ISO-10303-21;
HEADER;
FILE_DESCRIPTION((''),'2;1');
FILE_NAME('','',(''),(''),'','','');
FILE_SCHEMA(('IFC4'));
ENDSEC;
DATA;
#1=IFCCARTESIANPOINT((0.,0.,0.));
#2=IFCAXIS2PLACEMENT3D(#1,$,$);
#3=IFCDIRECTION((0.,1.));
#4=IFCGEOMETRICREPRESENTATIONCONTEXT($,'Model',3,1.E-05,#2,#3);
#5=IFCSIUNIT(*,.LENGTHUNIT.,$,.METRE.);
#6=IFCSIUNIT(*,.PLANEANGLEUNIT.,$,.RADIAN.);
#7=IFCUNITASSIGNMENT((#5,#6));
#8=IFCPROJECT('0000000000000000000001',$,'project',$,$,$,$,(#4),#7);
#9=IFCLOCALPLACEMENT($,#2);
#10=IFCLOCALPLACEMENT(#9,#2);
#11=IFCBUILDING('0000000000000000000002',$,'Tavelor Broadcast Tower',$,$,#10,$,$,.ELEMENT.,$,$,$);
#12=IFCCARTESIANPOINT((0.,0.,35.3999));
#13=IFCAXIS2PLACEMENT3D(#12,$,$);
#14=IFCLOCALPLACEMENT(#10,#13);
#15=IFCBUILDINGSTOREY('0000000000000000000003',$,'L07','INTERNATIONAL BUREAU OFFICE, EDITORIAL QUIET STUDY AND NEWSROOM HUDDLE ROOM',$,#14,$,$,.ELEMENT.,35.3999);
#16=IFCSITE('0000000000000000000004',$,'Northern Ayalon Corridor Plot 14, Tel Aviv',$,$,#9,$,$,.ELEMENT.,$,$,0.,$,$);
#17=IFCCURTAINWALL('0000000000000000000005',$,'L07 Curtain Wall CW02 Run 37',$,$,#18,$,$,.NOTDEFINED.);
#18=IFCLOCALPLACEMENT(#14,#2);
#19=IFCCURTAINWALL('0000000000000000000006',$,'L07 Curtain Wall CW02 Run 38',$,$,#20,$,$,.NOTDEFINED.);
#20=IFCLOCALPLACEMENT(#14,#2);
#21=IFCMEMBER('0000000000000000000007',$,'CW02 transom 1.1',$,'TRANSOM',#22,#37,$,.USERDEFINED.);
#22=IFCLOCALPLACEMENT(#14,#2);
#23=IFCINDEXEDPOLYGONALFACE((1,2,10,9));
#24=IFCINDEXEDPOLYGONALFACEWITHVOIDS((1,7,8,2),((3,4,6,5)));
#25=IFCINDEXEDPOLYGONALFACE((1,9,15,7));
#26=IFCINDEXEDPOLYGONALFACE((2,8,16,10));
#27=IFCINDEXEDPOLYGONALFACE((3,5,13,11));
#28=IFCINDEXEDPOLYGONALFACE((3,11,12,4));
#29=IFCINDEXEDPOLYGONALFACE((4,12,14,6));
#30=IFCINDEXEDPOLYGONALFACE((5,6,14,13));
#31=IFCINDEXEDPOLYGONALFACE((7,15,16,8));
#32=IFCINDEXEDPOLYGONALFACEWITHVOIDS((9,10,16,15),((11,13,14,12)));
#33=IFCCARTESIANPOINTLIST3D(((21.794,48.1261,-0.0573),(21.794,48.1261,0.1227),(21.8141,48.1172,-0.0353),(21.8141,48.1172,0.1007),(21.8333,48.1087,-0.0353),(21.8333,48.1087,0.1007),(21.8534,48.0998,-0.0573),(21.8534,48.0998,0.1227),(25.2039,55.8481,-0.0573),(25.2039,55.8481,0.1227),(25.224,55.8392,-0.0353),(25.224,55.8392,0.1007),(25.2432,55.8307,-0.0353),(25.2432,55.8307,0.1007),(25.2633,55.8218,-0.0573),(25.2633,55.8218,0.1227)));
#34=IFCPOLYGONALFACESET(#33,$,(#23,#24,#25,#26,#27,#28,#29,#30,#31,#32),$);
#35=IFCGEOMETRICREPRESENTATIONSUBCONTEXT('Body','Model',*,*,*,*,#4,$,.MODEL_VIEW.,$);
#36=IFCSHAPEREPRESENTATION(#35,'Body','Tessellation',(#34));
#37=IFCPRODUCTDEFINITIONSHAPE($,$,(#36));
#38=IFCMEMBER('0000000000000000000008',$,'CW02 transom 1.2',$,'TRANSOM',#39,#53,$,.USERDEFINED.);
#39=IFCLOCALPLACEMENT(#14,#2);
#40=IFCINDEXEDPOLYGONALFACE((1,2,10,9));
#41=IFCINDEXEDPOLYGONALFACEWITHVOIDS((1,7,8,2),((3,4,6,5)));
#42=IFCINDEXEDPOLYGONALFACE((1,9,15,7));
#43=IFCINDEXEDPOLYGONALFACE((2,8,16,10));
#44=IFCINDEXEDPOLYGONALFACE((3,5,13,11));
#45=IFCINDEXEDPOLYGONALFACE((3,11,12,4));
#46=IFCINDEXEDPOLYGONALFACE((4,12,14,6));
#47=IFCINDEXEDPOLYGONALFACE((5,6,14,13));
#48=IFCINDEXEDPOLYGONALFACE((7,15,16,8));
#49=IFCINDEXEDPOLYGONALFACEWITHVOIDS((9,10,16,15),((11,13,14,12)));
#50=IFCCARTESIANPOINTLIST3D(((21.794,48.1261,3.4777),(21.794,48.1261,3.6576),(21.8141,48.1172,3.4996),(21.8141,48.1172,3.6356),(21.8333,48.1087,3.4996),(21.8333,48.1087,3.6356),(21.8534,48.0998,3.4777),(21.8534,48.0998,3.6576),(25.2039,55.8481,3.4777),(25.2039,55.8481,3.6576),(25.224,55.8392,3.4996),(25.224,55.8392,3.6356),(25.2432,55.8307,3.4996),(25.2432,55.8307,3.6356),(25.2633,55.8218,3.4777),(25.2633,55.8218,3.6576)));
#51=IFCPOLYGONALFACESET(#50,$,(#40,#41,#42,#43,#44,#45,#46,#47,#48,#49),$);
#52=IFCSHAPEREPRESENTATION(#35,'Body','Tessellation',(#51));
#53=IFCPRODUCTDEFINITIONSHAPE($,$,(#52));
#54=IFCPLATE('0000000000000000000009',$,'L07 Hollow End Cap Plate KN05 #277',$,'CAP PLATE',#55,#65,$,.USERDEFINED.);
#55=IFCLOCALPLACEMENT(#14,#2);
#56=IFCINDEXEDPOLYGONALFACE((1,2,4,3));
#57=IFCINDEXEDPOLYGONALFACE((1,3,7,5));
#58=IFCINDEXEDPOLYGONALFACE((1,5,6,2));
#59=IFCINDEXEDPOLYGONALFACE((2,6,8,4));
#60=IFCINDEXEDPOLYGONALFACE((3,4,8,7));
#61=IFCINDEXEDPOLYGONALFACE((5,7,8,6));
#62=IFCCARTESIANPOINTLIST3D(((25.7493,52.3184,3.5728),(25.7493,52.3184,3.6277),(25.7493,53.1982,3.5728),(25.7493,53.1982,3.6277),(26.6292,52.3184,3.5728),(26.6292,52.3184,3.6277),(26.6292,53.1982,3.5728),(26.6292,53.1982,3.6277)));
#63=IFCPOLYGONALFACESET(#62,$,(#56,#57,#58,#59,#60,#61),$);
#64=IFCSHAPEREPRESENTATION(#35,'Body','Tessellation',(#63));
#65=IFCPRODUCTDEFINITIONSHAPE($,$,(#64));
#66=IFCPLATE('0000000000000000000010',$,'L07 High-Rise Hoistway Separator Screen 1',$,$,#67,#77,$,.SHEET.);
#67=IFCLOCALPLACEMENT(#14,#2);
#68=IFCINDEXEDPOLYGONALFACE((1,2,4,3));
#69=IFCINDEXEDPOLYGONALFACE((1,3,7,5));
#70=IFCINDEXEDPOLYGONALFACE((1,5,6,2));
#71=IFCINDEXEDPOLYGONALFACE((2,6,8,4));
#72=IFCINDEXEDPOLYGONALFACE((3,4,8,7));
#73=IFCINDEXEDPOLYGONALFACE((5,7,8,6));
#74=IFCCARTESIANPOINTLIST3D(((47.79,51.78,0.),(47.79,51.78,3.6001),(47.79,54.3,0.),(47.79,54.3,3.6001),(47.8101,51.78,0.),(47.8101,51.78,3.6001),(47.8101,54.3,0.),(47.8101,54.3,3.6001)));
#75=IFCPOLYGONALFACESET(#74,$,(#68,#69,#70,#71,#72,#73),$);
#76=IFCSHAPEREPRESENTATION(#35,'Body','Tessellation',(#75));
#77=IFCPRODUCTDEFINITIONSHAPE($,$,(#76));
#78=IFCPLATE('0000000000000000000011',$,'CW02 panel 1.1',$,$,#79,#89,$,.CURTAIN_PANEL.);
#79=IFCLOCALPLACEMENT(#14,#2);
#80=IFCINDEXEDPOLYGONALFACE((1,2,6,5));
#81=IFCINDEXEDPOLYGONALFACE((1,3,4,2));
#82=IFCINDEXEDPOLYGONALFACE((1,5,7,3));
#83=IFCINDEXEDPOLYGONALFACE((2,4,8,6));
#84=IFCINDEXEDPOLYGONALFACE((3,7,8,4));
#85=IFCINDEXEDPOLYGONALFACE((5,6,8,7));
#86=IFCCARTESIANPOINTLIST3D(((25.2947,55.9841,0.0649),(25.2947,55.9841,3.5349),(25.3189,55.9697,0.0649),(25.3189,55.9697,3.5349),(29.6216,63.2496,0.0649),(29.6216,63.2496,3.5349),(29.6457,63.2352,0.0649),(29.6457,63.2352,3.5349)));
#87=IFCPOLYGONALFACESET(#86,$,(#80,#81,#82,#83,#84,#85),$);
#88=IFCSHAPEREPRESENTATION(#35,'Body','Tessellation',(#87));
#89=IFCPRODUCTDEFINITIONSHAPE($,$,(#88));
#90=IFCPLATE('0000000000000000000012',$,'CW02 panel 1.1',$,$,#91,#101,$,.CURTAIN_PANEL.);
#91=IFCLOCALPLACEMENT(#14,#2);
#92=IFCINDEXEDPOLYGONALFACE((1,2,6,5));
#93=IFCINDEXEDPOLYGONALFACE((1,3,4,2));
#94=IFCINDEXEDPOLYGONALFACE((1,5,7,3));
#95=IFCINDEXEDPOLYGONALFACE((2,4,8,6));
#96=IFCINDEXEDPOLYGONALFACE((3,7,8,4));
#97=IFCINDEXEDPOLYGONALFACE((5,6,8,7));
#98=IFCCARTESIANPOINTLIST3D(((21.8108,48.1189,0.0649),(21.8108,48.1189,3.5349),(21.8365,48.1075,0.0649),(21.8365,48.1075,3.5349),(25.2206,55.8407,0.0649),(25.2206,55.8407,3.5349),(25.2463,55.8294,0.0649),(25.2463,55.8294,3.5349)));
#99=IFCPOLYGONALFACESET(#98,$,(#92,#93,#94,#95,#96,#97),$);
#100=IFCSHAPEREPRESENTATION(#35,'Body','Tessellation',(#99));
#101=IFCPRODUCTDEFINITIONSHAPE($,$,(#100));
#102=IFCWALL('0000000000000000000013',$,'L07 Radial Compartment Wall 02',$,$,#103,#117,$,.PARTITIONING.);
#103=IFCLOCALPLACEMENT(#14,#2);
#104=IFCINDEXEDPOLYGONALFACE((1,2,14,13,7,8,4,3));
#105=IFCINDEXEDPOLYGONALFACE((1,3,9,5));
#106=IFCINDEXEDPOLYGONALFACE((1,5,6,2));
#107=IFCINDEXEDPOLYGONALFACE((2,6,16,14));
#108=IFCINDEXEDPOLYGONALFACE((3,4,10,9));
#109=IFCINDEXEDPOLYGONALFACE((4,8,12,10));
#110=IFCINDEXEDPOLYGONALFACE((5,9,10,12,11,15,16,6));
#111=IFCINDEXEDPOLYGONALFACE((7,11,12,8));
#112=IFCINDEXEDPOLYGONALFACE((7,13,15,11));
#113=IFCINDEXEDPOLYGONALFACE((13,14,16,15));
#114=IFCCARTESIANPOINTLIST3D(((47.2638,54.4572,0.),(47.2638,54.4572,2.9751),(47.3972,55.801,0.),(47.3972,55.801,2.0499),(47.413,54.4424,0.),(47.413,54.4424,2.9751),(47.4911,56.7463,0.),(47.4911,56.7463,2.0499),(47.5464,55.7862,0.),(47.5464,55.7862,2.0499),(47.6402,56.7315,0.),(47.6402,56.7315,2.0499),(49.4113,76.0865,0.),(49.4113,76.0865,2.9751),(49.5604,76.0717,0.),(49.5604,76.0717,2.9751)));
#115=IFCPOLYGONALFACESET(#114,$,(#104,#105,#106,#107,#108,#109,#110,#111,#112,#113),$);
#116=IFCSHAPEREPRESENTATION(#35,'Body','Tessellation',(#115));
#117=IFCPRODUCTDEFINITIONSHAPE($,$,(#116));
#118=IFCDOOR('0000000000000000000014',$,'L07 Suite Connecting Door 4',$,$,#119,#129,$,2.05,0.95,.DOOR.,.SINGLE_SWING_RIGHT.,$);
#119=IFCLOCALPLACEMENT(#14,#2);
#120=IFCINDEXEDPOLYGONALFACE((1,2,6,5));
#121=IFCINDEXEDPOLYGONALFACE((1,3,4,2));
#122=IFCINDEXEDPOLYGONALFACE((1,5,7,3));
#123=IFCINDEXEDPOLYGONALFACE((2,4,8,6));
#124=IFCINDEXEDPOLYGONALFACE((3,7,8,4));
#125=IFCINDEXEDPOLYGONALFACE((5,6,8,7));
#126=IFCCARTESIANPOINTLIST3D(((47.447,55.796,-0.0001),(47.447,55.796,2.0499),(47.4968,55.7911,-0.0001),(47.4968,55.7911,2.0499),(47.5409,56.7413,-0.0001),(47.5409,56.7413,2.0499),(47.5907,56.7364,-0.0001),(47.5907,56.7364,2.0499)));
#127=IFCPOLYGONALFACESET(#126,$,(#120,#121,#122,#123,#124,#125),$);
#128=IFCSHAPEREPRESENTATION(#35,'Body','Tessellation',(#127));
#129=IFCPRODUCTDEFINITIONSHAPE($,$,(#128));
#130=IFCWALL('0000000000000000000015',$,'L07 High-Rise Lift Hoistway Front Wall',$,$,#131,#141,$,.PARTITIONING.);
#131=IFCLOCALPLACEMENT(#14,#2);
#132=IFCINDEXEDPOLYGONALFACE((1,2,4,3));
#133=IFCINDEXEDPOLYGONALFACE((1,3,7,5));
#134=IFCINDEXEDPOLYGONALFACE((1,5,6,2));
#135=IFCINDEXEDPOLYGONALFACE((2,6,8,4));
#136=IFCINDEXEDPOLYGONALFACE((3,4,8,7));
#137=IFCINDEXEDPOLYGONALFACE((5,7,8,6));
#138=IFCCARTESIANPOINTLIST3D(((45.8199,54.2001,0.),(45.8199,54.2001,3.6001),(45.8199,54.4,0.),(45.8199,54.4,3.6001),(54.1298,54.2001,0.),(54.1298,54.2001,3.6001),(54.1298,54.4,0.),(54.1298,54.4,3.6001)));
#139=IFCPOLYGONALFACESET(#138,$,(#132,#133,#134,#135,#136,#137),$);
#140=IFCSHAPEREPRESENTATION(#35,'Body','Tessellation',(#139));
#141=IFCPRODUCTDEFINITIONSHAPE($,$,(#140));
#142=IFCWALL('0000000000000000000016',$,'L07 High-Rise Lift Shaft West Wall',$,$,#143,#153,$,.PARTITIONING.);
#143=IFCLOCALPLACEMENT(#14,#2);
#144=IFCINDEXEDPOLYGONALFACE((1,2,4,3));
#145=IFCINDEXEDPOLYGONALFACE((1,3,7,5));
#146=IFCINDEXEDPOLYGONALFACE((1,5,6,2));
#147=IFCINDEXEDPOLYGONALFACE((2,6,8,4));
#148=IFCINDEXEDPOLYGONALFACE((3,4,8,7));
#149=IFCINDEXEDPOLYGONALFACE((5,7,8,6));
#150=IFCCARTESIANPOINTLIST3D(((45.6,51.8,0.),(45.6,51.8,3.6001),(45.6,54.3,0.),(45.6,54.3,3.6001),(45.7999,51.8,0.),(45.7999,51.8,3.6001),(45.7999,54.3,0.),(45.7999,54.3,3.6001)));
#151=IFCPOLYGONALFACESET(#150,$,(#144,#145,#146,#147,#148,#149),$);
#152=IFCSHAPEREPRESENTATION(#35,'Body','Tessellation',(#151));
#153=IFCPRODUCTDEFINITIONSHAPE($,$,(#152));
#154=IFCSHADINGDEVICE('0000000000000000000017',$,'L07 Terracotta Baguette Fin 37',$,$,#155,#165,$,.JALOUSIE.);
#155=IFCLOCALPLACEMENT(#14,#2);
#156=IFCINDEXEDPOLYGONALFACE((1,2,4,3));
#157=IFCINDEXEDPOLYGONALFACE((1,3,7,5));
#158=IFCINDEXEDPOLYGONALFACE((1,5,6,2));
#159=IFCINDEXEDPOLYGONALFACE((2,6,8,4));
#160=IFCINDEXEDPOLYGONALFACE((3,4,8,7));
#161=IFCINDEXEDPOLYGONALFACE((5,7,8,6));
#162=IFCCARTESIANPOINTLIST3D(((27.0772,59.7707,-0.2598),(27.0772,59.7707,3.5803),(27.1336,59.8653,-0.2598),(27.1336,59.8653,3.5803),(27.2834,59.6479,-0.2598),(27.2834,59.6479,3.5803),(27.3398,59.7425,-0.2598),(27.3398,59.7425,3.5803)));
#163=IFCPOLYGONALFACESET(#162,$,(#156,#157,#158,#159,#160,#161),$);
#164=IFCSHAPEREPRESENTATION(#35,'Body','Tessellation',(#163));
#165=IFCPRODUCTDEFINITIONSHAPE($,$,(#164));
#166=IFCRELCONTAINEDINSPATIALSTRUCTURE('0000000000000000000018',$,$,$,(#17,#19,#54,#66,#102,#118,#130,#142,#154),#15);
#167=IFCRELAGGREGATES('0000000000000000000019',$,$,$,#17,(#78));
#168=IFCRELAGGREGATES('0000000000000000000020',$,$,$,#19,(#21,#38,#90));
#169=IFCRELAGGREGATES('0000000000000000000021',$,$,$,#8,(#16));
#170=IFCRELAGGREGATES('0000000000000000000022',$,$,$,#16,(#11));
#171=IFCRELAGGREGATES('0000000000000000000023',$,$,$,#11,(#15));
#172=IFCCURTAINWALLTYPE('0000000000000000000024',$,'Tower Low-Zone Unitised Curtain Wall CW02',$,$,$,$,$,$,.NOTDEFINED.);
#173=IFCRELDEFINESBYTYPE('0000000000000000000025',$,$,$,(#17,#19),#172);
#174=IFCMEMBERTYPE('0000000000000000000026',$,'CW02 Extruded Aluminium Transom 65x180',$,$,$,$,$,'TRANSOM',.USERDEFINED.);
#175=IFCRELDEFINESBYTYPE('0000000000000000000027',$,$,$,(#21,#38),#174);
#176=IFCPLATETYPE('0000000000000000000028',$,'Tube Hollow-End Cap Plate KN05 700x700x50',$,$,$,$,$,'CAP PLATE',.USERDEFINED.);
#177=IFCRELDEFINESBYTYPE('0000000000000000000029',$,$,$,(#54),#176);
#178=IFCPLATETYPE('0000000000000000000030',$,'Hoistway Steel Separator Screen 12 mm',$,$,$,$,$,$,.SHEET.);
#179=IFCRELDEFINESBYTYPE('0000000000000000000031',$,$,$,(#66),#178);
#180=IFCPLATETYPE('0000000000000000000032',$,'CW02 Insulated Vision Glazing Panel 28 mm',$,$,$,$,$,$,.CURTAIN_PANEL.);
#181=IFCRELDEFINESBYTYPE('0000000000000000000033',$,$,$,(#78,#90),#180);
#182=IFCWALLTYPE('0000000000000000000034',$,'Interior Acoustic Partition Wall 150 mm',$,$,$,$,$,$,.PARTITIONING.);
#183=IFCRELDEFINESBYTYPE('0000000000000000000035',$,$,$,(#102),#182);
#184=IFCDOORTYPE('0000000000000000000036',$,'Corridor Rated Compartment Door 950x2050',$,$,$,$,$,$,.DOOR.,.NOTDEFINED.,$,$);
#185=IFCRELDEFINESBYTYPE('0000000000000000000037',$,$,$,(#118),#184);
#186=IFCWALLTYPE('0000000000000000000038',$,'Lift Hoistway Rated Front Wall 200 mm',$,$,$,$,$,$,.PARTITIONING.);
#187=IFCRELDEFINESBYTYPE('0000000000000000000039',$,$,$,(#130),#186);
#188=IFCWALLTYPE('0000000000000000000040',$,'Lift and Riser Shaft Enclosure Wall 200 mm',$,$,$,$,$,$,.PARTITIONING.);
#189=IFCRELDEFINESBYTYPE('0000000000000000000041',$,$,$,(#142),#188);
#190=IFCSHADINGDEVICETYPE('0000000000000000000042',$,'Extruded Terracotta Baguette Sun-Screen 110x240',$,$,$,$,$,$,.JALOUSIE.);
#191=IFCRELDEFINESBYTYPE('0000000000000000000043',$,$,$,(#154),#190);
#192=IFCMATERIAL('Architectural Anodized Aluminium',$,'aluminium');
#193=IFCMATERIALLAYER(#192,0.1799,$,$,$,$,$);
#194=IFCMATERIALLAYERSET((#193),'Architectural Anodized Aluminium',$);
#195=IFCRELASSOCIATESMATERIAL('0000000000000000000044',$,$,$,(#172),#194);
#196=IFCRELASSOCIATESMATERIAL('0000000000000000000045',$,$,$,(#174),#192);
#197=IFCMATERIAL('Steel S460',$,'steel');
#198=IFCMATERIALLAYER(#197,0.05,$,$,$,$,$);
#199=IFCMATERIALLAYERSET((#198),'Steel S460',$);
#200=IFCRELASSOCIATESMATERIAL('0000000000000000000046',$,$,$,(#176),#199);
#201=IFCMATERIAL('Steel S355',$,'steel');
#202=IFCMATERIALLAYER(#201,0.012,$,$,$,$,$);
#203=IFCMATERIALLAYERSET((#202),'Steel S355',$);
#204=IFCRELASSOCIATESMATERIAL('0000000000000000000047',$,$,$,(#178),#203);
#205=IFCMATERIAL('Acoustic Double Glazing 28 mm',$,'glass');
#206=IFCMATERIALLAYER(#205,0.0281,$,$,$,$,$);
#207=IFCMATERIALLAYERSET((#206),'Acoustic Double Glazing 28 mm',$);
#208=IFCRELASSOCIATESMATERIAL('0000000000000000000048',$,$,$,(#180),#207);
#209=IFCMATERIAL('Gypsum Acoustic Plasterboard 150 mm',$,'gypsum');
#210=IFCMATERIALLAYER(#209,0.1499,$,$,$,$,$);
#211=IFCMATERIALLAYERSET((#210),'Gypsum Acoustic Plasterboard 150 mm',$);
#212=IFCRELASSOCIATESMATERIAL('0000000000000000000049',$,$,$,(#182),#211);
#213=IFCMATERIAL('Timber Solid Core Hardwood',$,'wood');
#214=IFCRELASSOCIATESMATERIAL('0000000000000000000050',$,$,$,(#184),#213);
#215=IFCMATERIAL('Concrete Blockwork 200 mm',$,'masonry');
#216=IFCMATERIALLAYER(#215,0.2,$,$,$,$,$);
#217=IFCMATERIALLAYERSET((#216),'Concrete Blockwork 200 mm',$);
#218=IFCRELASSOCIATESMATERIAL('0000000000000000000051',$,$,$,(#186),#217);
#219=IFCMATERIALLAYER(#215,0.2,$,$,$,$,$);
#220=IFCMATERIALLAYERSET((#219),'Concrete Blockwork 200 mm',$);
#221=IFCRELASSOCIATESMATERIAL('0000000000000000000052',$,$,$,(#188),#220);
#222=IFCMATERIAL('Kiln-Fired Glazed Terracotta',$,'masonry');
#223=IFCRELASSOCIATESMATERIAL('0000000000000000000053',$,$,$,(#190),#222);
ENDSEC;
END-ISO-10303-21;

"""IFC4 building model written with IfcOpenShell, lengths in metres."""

from ifc_helpers import new_model, si_unit, direction, frame, frame_2d, origin, origin_2d, place, context, subcontext, project, spatial, rectangle, hollow_rectangle, extrude, source, transform, mapped, material, layer, layer_set, material_profile, profile_set, type_object, type_shapes, element, fill, aggregate, save


model = new_model("IFC4")

# Units and contexts
model_context = context("Model", 3, precision=1e-05, world=origin(), true_north=direction((0.0, 1.0)))
body_context = subcontext(model_context, "Body", "Model", "MODEL_VIEW")
ifc_project = project(units=[si_unit("LENGTHUNIT", "METRE"), si_unit("PLANEANGLEUNIT", "RADIAN")], contexts=[model_context])

# Site, building, storey
site_placement = place(None, origin())
site = spatial("IfcSite", under=ifc_project, at=site_placement, Name="Northern Ayalon Corridor Plot 14, Tel Aviv", CompositionType="ELEMENT", RefElevation=0.0)
building_placement = place(site_placement, origin())
building = spatial("IfcBuilding", under=site, at=building_placement, Name="Tavelor Broadcast Tower", CompositionType="ELEMENT")
storey_placement = place(building_placement, frame((0.0, 0.0, 35.3999)))
storey = spatial("IfcBuildingStorey", under=building, at=storey_placement, Name="L07", Description="INTERNATIONAL BUREAU OFFICE, EDITORIAL QUIET STUDY AND NEWSROOM HUDDLE ROOM", CompositionType="ELEMENT", Elevation=35.3999)

# Shared definitions
ifc_material_1 = material(Name="Steel S460", Category="steel")

# Shared definitions
ifc_material_2 = material(Name="Steel S355", Category="steel")

# Curtain wall
ifc_material_3 = material(Name="Architectural Anodized Aluminium", Category="aluminium")
ifc_layer_1 = layer(ifc_material_3, 0.1799)
ifc_layer_set_1 = layer_set([ifc_layer_1], Name="Architectural Anodized Aluminium")
curtain_wall_type = type_object("IfcCurtainWallType", Name="Tower Low-Zone Unitised Curtain Wall CW02", PredefinedType="NOTDEFINED", material=ifc_layer_set_1)
curtain_wall_1_placement = place(storey_placement, origin())
curtain_wall_1 = element("IfcCurtainWall", 1, at=curtain_wall_1_placement, inside=storey, type_object=curtain_wall_type, Name="L07 Curtain Wall CW02 Run 37", PredefinedType="NOTDEFINED")

# Curtain wall, members
curtain_wall_2_placement = place(storey_placement, origin())
curtain_wall_2 = element("IfcCurtainWall", 2, at=curtain_wall_2_placement, inside=storey, type_object=curtain_wall_type, Name="L07 Curtain Wall CW02 Run 38", PredefinedType="NOTDEFINED")
ifc_material_profile_1 = material_profile(ifc_material_3, hollow_rectangle(XDim=0.0649, YDim=0.1799, WallThickness=0.022, at=origin_2d()), Name="RHS 65x180x22")
ifc_profile_set_1 = profile_set([ifc_material_profile_1], Name="Architectural Anodized Aluminium")
member_type_1 = type_object("IfcMemberType", Name="CW02 Extruded Aluminium Transom 65x180", ElementType="TRANSOM", PredefinedType="USERDEFINED", material=ifc_profile_set_1)
shared_shape_1 = source(origin(), body_context, "Body", "SweptSolid", [
    extrude(hollow_rectangle(XDim=0.0649, YDim=0.1799, WallThickness=0.022, at=origin_2d()), origin(), (0.0, 0.0, 1.0), 8.4414),
])
type_shapes(member_type_1, [shared_shape_1])
member_1_placement = place(storey_placement, frame((25.2336, 55.835, 0.0327), z_axis=(-0.403956, -0.914779, 0.0), x_axis=(0.914779, -0.403956, 0.0)))
member_1 = element("IfcMember", 3, at=member_1_placement, type_object=member_type_1, Name="CW02 transom 1.1", ObjectType="TRANSOM", PredefinedType="USERDEFINED", context=body_context, shape_type="MappedRepresentation", body=[
    mapped(shared_shape_1, transform((0.0, 0.0, 0.0), scale=1.0)),
])
member_2_placement = place(storey_placement, frame((25.2336, 55.835, 3.5676), z_axis=(-0.403956, -0.914779, 0.0), x_axis=(0.914779, -0.403956, 0.0)))
member_2 = element("IfcMember", 4, at=member_2_placement, type_object=member_type_1, Name="CW02 transom 1.2", ObjectType="TRANSOM", PredefinedType="USERDEFINED", context=body_context, shape_type="MappedRepresentation", body=[
    mapped(shared_shape_1, transform((0.0, 0.0, 0.0), scale=1.0)),
])

# Plates
ifc_layer_2 = layer(ifc_material_1, 0.05)
ifc_layer_set_2 = layer_set([ifc_layer_2], Name="Steel S460")
plate_type_1 = type_object("IfcPlateType", Name="Tube Hollow-End Cap Plate KN05 700x700x50", ElementType="CAP PLATE", PredefinedType="USERDEFINED", material=ifc_layer_set_2)
shared_shape_2 = source(origin(), body_context, "Body", "SweptSolid", [
    extrude(rectangle(XDim=0.8799, YDim=0.8799, at=origin_2d()), origin(), (0.0, 0.0, 1.0), 0.0549),
])
type_shapes(plate_type_1, [shared_shape_2])
plate_1_placement = place(storey_placement, frame((26.1892, 52.7583, 3.5728), z_axis=(0.0, 0.0, 1.0), x_axis=(1.0, 0.0, 0.0)))
element("IfcPlate", 5, at=plate_1_placement, inside=storey, type_object=plate_type_1, Name="L07 Hollow End Cap Plate KN05 #277", ObjectType="CAP PLATE", PredefinedType="USERDEFINED", context=body_context, shape_type="MappedRepresentation", body=[
    mapped(shared_shape_2, transform((0.0, 0.0, 0.0), scale=1.0)),
])
ifc_layer_3 = layer(ifc_material_2, 0.012)
ifc_layer_set_3 = layer_set([ifc_layer_3], Name="Steel S355")
plate_type_2 = type_object("IfcPlateType", Name="Hoistway Steel Separator Screen 12 mm", PredefinedType="SHEET", material=ifc_layer_set_3)
shared_shape_3 = source(origin(), body_context, "Body", "SweptSolid", [
    extrude(rectangle(XDim=0.02, YDim=2.52, at=origin_2d()), origin(), (0.0, 0.0, 1.0), 3.6001),
])
type_shapes(plate_type_2, [shared_shape_3])
plate_2_placement = place(storey_placement, frame((47.8, 53.04, 0.0), z_axis=(0.0, 0.0, 1.0), x_axis=(1.0, 0.0, 0.0)))
element("IfcPlate", 6, at=plate_2_placement, inside=storey, type_object=plate_type_2, Name="L07 High-Rise Hoistway Separator Screen 1", PredefinedType="SHEET", context=body_context, shape_type="MappedRepresentation", body=[
    mapped(shared_shape_3, transform((0.0, 0.0, 0.0), scale=1.0)),
])

# Plates
ifc_material_4 = material(Name="Acoustic Double Glazing 28 mm", Category="glass")
ifc_layer_4 = layer(ifc_material_4, 0.0281)
ifc_layer_set_4 = layer_set([ifc_layer_4], Name="Acoustic Double Glazing 28 mm")
plate_type_3 = type_object("IfcPlateType", Name="CW02 Insulated Vision Glazing Panel 28 mm", PredefinedType="CURTAIN_PANEL", material=ifc_layer_set_4)
shared_shape_4 = source(origin(), body_context, "Body", "SweptSolid", [
    extrude(rectangle(XDim=8.4563, YDim=0.0281, at=origin_2d()), origin(), (0.0, 0.0, 1.0), 3.47),
])
plate_3_placement = place(storey_placement, frame((27.4702, 59.6096, 0.0649), z_axis=(0.0, 0.0, 1.0), x_axis=(-0.51167, -0.859182, 0.0)))
plate_3 = element("IfcPlate", 7, at=plate_3_placement, type_object=plate_type_3, Name="CW02 panel 1.1", PredefinedType="CURTAIN_PANEL", context=body_context, shape_type="MappedRepresentation", body=[
    mapped(shared_shape_4, transform((0.0, 0.0, 0.0), scale=1.0)),
])
aggregate(curtain_wall_1, [plate_3])
shared_shape_5 = source(origin(), body_context, "Body", "SweptSolid", [
    extrude(rectangle(XDim=8.4412, YDim=0.0281, at=origin_2d()), origin(), (0.0, 0.0, 1.0), 3.47),
])
type_shapes(plate_type_3, [shared_shape_4, shared_shape_5])
plate_4_placement = place(storey_placement, frame((23.5286, 51.9741, 0.0649), z_axis=(0.0, 0.0, 1.0), x_axis=(-0.403945, -0.914783, 0.0)))
plate_4 = element("IfcPlate", 8, at=plate_4_placement, type_object=plate_type_3, Name="CW02 panel 1.1", PredefinedType="CURTAIN_PANEL", context=body_context, shape_type="MappedRepresentation", body=[
    mapped(shared_shape_5, transform((0.0, 0.0, 0.0), scale=1.0)),
])
aggregate(curtain_wall_2, [member_1, member_2, plate_4])

# Wall, opening, door
ifc_material_5 = material(Name="Gypsum Acoustic Plasterboard 150 mm", Category="gypsum")
ifc_layer_5 = layer(ifc_material_5, 0.1499)
ifc_layer_set_5 = layer_set([ifc_layer_5], Name="Gypsum Acoustic Plasterboard 150 mm")
wall_type_1 = type_object("IfcWallType", Name="Interior Acoustic Partition Wall 150 mm", PredefinedType="PARTITIONING", material=ifc_layer_set_5)
wall_1_placement = place(storey_placement, frame((47.3384, 54.45, 0.0), z_axis=(0.0, 0.0, 1.0), x_axis=(0.0988, 0.995107, 0.0)))
wall_1 = element("IfcWall", 9, at=wall_1_placement, inside=storey, type_object=wall_type_1, Name="L07 Radial Compartment Wall 02", PredefinedType="PARTITIONING", context=body_context, shape_type="SweptSolid", body=[
    extrude(rectangle(XDim=21.7356, YDim=0.1499, at=frame_2d((10.8677, 0.0))), origin(), (0.0, 0.0, 1.0), 2.9751),
])
opening_placement = place(wall_1_placement, frame((1.3501, 0.0, 0.0)))
opening = element("IfcOpeningElement", 10, at=opening_placement, cuts=wall_1, PredefinedType="OPENING", context=body_context, shape_type="SweptSolid", body=[
    extrude(rectangle(XDim=0.95, YDim=2.05, at=frame_2d((0.4751, 1.0249))), frame((0.0, 0.085, 0.0), z_axis=(0.0, -1.0, 0.0), x_axis=(1.0, 0.0, 0.0)), (0.0, 0.0, 1.0), 0.1699),
])
ifc_material_6 = material(Name="Timber Solid Core Hardwood", Category="wood")
door_type = type_object("IfcDoorType", Name="Corridor Rated Compartment Door 950x2050", OperationType="NOTDEFINED", PredefinedType="DOOR", material=ifc_material_6)
door_placement = place(opening_placement, origin())
door = element("IfcDoor", 11, at=door_placement, inside=storey, type_object=door_type, Name="L07 Suite Connecting Door 4", OperationType="SINGLE_SWING_RIGHT", OverallHeight=2.05, OverallWidth=0.95, PredefinedType="DOOR", context=body_context, shape_type="SweptSolid", body=[
    extrude(rectangle(XDim=0.95, YDim=2.05, at=frame_2d((0.4751, 1.0249))), frame((0.0, 0.0249, 0.0), z_axis=(0.0, -1.0, 0.0), x_axis=(1.0, 0.0, 0.0)), (0.0, 0.0, 1.0), 0.05),
])
fill(opening, door)

# Walls
ifc_material_7 = material(Name="Concrete Blockwork 200 mm", Category="masonry")
ifc_layer_6 = layer(ifc_material_7, 0.2)
ifc_layer_set_6 = layer_set([ifc_layer_6], Name="Concrete Blockwork 200 mm")
wall_type_2 = type_object("IfcWallType", Name="Lift Hoistway Rated Front Wall 200 mm", PredefinedType="PARTITIONING", material=ifc_layer_set_6)
wall_2_placement = place(storey_placement, frame((45.8201, 54.3, 0.0), z_axis=(0.0, 0.0, 1.0), x_axis=(1.0, 0.0, 0.0)))
element("IfcWall", 12, at=wall_2_placement, inside=storey, type_object=wall_type_2, Name="L07 High-Rise Lift Hoistway Front Wall", PredefinedType="PARTITIONING", context=body_context, shape_type="SweptSolid", body=[
    extrude(rectangle(XDim=8.3098, YDim=0.2, at=frame_2d((4.1548, 0.0))), origin(), (0.0, 0.0, 1.0), 3.6001),
])
ifc_layer_7 = layer(ifc_material_7, 0.2)
ifc_layer_set_7 = layer_set([ifc_layer_7], Name="Concrete Blockwork 200 mm")
wall_type_3 = type_object("IfcWallType", Name="Lift and Riser Shaft Enclosure Wall 200 mm", PredefinedType="PARTITIONING", material=ifc_layer_set_7)
wall_3_placement = place(storey_placement, frame((45.7, 51.8, 0.0), z_axis=(0.0, 0.0, 1.0), x_axis=(0.0, 1.0, 0.0)))
element("IfcWall", 13, at=wall_3_placement, inside=storey, type_object=wall_type_3, Name="L07 High-Rise Lift Shaft West Wall", PredefinedType="PARTITIONING", context=body_context, shape_type="SweptSolid", body=[
    extrude(rectangle(XDim=2.5, YDim=0.2, at=frame_2d((1.25, 0.0))), origin(), (0.0, 0.0, 1.0), 3.6001),
])

# Shading device
ifc_material_8 = material(Name="Kiln-Fired Glazed Terracotta", Category="masonry")
shading_device_type = type_object("IfcShadingDeviceType", Name="Extruded Terracotta Baguette Sun-Screen 110x240", PredefinedType="JALOUSIE", material=ifc_material_8)
shared_shape_6 = source(origin(), body_context, "Body", "SweptSolid", [
    extrude(rectangle(XDim=0.1101, YDim=0.24, at=origin_2d()), origin(), (0.0, 0.0, 1.0), 3.8401),
])
type_shapes(shading_device_type, [shared_shape_6])
for number, where, z_axis, x_axis, name in (
    (14, (27.2085, 59.7566, -0.2598), (0.0, 0.0, 1.0), (-0.511743, -0.859139, 0.0), "L07 Terracotta Baguette Fin 37"),
):
    element("IfcShadingDevice", number, at=place(storey_placement, frame(where, z_axis=z_axis, x_axis=x_axis)), inside=storey, type_object=shading_device_type, Name=name, PredefinedType="JALOUSIE", context=body_context, shape_type="MappedRepresentation", body=[
        mapped(shared_shape_6, transform((0.0, 0.0, 0.0), scale=1.0)),
    ])

save(model, "model.ifc")
